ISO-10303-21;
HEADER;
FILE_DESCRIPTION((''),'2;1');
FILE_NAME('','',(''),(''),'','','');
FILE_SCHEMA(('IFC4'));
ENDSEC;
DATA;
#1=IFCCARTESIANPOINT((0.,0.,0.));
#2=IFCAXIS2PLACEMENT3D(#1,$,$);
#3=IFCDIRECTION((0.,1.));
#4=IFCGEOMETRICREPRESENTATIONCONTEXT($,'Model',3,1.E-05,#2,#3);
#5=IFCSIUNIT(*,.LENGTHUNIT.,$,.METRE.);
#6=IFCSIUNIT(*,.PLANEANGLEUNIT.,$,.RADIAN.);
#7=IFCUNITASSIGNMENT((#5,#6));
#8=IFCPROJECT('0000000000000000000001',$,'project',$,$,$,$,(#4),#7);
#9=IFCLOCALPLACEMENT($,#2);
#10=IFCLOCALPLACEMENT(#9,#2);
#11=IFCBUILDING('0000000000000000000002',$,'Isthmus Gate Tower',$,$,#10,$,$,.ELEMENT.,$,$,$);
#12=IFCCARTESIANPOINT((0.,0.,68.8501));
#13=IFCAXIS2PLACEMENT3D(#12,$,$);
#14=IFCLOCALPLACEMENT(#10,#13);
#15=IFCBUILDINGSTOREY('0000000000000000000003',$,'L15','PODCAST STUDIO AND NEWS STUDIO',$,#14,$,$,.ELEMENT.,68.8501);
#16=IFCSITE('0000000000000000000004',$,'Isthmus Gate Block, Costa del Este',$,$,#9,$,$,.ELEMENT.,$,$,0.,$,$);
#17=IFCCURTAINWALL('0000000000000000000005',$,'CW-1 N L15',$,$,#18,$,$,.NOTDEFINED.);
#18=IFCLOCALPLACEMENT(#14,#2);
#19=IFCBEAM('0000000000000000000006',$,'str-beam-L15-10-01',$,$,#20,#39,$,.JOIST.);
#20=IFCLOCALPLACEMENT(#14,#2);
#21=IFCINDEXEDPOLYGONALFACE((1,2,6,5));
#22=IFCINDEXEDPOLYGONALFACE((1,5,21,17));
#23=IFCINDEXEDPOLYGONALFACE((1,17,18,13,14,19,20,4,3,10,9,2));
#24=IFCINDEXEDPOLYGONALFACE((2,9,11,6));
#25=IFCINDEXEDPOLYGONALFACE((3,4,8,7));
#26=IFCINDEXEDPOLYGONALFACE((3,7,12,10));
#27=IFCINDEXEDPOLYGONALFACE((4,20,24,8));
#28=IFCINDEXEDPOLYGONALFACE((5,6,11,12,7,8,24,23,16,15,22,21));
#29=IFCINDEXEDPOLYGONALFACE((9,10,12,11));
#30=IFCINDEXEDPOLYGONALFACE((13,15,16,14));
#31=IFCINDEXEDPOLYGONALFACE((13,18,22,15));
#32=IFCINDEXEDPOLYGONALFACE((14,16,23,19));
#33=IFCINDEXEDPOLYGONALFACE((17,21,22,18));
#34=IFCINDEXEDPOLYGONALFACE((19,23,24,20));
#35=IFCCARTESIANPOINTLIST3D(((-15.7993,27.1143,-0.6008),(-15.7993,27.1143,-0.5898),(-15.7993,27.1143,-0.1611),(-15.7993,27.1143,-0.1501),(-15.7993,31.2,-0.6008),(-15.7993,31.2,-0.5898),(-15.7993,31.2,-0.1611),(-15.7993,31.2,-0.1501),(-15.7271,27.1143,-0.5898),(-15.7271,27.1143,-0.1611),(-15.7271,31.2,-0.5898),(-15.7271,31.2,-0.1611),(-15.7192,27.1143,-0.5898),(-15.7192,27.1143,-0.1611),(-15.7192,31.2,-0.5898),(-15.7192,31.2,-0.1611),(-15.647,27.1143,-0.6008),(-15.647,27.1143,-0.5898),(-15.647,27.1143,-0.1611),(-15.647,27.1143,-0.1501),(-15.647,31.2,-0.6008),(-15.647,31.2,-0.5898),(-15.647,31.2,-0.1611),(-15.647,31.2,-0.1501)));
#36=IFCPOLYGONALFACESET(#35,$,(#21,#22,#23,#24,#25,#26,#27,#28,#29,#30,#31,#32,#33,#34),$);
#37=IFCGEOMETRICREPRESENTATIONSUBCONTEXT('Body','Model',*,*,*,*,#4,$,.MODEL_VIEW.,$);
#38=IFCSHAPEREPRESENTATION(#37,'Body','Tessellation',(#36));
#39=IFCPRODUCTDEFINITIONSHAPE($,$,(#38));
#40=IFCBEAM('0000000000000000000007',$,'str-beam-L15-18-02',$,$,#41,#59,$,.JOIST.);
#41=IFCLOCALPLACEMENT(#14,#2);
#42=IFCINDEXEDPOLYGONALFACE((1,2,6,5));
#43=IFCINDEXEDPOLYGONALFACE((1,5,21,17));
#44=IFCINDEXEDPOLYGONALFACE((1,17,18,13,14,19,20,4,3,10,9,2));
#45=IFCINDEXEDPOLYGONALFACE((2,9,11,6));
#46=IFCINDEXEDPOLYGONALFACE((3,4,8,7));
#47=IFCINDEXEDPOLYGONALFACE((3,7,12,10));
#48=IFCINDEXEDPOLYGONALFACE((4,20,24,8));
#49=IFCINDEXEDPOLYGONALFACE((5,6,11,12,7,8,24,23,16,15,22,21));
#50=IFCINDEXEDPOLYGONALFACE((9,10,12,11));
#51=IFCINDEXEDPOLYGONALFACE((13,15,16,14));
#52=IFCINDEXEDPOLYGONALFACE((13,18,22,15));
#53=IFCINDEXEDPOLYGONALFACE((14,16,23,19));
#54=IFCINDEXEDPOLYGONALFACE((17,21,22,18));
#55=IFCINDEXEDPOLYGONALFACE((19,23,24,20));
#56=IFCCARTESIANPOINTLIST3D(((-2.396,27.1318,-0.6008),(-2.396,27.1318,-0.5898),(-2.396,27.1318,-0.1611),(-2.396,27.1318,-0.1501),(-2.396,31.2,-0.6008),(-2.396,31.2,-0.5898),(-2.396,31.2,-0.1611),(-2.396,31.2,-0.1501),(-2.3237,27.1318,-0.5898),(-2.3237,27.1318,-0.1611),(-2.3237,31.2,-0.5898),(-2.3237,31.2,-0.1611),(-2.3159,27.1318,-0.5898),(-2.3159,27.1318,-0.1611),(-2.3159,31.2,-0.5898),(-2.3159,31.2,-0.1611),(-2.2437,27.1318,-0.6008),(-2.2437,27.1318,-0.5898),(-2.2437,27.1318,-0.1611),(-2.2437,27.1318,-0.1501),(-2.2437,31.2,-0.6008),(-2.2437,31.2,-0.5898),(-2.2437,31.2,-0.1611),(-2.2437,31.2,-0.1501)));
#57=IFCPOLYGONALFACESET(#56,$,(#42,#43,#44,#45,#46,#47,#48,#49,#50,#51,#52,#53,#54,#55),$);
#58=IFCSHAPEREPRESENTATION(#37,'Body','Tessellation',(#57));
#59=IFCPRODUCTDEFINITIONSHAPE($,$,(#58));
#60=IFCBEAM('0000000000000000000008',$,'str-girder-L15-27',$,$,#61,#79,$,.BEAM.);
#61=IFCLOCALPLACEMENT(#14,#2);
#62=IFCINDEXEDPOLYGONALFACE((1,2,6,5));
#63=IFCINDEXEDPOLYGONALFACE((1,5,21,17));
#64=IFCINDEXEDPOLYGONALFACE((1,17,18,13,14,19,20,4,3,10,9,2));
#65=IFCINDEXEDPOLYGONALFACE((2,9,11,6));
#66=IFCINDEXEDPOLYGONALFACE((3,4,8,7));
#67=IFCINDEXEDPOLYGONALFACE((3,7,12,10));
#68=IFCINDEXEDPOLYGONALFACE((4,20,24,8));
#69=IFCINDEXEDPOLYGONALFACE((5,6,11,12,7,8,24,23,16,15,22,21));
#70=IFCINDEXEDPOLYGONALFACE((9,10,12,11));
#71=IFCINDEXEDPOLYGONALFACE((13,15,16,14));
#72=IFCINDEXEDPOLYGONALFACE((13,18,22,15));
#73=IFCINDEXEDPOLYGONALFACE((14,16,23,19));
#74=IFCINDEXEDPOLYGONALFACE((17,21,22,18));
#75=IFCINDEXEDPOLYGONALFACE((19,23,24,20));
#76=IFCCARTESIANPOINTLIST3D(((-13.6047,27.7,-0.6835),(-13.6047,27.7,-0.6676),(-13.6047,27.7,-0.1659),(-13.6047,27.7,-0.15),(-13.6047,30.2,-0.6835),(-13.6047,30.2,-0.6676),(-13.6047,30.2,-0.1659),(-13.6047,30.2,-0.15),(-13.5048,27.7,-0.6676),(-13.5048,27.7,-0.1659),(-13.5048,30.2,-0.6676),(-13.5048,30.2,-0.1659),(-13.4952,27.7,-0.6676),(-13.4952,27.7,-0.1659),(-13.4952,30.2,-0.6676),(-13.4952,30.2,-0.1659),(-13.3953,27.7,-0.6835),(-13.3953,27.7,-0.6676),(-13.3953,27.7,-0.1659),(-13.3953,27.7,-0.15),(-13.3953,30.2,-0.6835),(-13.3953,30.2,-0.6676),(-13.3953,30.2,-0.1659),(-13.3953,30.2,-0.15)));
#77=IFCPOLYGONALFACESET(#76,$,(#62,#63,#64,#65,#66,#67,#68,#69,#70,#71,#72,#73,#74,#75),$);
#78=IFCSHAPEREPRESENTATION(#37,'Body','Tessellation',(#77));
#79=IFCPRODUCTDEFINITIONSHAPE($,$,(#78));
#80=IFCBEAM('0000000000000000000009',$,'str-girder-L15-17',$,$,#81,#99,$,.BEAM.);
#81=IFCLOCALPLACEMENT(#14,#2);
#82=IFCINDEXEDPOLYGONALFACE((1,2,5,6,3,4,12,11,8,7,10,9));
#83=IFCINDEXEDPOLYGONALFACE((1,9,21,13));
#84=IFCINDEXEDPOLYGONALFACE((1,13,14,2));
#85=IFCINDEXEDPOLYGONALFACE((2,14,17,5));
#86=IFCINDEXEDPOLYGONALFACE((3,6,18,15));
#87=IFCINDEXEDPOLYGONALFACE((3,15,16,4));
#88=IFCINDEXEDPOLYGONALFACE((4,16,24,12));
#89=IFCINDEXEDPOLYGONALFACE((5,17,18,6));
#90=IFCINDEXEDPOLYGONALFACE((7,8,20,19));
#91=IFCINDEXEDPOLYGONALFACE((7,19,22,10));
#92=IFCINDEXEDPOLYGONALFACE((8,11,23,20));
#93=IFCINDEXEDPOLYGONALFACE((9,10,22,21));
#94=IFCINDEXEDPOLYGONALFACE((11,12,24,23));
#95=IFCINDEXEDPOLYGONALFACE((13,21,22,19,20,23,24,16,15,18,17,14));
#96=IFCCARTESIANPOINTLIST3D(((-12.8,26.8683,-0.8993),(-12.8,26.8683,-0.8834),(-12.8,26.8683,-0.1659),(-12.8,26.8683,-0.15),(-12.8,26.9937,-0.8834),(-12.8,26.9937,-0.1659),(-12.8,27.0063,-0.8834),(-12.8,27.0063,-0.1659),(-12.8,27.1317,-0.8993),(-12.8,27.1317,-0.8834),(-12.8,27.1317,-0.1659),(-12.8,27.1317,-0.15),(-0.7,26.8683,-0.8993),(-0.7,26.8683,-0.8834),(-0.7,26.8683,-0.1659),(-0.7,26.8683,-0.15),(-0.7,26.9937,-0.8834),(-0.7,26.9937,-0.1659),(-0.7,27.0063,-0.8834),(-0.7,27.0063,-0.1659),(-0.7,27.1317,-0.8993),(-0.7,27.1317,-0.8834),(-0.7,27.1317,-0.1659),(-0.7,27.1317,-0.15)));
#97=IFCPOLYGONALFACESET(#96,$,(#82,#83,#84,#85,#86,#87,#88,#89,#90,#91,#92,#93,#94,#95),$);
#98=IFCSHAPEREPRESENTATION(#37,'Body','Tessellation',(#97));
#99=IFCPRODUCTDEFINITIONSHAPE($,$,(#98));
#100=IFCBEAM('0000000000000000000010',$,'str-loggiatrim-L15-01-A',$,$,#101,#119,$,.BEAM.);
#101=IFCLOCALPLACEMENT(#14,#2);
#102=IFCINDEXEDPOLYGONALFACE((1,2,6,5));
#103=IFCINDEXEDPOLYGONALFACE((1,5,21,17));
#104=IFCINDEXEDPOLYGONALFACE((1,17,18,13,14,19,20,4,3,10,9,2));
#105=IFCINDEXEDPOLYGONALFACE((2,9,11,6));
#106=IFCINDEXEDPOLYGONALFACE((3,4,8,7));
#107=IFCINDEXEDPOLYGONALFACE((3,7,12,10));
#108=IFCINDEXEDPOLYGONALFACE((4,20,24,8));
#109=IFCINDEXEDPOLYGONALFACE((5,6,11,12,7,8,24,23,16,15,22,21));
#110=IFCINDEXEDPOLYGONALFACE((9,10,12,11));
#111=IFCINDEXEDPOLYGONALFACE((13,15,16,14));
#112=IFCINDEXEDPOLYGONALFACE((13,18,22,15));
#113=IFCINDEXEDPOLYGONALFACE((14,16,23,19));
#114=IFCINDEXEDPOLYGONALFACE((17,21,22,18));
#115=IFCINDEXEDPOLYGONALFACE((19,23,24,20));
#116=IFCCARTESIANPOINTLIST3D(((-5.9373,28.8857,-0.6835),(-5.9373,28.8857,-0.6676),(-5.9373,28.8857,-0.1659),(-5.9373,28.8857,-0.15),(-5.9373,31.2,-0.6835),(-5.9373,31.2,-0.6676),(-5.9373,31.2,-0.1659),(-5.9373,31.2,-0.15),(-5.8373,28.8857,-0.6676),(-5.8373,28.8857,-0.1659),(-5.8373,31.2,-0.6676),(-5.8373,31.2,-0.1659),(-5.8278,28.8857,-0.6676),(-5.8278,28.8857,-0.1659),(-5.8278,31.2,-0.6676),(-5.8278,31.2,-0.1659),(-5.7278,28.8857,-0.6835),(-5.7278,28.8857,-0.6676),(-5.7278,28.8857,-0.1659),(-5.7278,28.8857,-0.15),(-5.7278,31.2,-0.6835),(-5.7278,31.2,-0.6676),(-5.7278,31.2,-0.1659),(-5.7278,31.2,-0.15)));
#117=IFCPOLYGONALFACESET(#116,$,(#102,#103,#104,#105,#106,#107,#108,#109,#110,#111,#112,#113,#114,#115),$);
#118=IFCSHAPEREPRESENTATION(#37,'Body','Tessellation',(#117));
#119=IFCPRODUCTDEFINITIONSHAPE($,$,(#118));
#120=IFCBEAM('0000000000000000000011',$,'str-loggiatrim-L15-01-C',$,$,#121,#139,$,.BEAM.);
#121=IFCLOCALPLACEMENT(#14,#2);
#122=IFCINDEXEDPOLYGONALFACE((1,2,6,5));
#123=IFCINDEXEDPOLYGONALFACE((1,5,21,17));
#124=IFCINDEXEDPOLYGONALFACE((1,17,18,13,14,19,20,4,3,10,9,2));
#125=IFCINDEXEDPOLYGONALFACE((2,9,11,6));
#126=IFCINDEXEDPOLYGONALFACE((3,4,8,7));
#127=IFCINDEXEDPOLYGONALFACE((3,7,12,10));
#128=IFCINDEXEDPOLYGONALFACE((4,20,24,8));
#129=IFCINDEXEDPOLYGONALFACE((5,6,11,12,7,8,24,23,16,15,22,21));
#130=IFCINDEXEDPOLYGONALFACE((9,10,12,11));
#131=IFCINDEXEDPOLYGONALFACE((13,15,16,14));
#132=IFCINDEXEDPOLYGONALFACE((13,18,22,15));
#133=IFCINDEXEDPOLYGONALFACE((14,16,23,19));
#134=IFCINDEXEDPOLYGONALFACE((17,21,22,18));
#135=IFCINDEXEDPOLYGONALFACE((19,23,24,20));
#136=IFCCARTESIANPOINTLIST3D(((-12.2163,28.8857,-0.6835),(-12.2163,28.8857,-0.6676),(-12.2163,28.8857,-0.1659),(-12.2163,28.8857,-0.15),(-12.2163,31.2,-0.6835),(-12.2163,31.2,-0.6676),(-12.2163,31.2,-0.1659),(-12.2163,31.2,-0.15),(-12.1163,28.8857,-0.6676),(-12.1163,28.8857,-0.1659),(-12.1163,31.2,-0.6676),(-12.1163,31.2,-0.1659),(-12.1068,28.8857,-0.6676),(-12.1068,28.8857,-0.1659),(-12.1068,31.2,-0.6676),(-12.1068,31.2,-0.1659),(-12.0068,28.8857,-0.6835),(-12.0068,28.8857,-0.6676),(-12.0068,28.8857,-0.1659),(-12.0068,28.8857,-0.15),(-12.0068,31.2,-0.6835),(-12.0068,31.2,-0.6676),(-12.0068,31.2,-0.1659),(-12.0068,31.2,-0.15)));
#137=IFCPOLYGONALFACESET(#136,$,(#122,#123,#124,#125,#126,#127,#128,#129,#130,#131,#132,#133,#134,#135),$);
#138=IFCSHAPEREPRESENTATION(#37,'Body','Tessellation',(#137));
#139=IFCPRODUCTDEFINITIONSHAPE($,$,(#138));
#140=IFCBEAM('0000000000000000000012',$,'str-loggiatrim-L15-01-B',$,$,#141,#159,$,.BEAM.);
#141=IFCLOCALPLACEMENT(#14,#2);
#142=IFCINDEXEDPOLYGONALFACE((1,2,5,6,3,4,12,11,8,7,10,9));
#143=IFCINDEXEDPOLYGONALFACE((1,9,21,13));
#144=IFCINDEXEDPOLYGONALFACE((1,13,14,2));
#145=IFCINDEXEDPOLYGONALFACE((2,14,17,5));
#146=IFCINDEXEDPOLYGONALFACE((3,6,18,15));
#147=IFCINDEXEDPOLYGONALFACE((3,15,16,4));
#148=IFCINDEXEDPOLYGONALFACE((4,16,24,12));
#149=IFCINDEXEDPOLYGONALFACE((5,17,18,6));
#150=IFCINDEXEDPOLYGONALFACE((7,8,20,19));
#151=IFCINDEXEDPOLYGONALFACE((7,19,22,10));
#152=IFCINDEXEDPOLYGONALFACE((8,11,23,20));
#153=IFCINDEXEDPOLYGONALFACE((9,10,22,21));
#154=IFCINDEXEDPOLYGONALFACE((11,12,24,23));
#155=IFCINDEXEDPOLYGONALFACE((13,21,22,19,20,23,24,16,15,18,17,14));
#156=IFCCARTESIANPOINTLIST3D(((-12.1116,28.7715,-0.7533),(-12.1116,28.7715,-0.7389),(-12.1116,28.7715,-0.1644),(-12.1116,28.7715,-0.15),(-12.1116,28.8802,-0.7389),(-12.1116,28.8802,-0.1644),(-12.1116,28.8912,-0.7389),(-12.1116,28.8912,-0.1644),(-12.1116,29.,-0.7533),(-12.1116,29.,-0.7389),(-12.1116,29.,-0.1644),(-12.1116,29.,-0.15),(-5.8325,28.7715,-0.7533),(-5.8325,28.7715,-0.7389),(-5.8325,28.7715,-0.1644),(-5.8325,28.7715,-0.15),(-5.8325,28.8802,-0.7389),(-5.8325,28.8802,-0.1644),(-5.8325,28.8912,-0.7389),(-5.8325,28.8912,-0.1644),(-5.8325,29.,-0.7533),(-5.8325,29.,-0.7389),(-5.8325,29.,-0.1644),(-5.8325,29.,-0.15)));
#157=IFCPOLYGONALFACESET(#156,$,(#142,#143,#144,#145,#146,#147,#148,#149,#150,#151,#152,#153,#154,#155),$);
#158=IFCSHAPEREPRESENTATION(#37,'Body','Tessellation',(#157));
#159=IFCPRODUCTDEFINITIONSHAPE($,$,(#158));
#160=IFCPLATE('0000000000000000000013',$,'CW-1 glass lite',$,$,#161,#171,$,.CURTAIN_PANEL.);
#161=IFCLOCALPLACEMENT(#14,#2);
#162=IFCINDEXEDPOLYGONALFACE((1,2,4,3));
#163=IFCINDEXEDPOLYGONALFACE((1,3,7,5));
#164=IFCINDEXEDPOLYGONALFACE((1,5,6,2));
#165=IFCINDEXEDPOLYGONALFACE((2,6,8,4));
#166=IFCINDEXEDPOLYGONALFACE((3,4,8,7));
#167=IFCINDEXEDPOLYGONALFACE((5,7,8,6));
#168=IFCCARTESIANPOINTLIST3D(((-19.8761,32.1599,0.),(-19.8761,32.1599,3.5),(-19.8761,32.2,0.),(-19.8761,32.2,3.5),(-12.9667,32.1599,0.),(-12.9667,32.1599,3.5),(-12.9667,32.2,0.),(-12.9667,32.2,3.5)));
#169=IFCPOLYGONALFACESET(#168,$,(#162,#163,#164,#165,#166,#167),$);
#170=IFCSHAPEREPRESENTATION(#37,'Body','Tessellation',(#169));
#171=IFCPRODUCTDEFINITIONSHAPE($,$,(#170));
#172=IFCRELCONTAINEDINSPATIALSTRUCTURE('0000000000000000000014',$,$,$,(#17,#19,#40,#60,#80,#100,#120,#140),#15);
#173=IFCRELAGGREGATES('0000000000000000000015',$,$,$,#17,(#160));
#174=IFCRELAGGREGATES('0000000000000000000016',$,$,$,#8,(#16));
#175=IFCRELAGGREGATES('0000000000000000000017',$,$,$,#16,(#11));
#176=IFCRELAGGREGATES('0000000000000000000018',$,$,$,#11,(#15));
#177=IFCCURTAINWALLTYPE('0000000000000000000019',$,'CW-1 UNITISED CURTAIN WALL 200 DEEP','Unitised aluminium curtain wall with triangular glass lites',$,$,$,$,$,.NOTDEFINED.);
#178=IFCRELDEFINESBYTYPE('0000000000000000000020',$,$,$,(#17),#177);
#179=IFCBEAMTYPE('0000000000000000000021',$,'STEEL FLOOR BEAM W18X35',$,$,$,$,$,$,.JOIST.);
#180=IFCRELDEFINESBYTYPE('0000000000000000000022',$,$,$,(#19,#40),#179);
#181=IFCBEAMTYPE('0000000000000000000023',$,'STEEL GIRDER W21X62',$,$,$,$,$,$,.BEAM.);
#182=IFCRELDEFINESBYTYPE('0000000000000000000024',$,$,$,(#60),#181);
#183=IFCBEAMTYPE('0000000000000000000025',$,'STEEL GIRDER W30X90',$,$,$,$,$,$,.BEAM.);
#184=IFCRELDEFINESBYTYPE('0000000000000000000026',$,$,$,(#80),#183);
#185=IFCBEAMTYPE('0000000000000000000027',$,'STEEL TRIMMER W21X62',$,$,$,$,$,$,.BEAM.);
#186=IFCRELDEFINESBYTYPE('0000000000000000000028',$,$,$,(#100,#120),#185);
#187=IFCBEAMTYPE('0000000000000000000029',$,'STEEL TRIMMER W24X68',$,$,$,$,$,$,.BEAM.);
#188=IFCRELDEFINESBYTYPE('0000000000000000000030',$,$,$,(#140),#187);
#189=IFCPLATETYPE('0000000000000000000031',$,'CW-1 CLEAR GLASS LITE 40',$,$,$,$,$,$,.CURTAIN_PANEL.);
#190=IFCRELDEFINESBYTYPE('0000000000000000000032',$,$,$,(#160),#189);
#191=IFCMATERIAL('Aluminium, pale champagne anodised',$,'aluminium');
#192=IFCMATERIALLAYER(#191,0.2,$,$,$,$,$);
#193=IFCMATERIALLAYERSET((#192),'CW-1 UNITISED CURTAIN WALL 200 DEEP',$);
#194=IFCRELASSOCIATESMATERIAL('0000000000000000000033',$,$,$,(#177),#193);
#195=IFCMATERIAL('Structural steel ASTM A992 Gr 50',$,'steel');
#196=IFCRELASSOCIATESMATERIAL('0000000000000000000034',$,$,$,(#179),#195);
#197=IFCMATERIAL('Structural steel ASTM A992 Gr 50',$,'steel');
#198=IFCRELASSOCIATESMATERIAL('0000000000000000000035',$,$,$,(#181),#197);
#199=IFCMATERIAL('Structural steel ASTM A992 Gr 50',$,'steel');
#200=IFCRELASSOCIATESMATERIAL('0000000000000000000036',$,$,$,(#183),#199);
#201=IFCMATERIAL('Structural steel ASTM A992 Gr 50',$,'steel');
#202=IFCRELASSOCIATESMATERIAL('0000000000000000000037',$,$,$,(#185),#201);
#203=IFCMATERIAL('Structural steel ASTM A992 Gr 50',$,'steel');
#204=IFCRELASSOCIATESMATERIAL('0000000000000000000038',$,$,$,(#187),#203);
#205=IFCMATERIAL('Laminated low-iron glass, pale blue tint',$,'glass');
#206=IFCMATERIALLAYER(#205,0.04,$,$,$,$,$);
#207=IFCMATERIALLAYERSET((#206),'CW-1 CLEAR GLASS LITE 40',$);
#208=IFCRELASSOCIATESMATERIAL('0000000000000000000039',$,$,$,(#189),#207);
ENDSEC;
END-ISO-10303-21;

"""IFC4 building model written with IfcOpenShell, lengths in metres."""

from ifc_helpers import new_model, si_unit, direction, frame, origin, origin_2d, place, context, subcontext, project, spatial, rectangle, i_section, extrude, material, layer, layer_set, material_profile, profile_set, type_object, element, aggregate, save


model = new_model("IFC4")

# Units and contexts
model_context = context("Model", 3, precision=1e-05, world=origin(), true_north=direction((0.0, 1.0)))
body_context = subcontext(model_context, "Body", "Model", "MODEL_VIEW")
ifc_project = project(units=[si_unit("LENGTHUNIT", "METRE"), si_unit("PLANEANGLEUNIT", "RADIAN")], contexts=[model_context])

# Site, building, storey
site_placement = place(None, origin())
site = spatial("IfcSite", under=ifc_project, at=site_placement, Name="Isthmus Gate Block, Costa del Este", CompositionType="ELEMENT", RefElevation=0.0)
building_placement = place(site_placement, origin())
building = spatial("IfcBuilding", under=site, at=building_placement, Name="Isthmus Gate Tower", CompositionType="ELEMENT")
storey_placement = place(building_placement, frame((0.0, 0.0, 68.8501)))
storey = spatial("IfcBuildingStorey", under=building, at=storey_placement, Name="L15", Description="PODCAST STUDIO AND NEWS STUDIO", CompositionType="ELEMENT", Elevation=68.8501)

# Curtain wall
ifc_material_1 = material(Name="Aluminium, pale champagne anodised", Category="aluminium")
ifc_layer_1 = layer(ifc_material_1, 0.2)
ifc_layer_set_1 = layer_set([ifc_layer_1], Name="CW-1 UNITISED CURTAIN WALL 200 DEEP")
curtain_wall_type_1 = type_object("IfcCurtainWallType", Name="CW-1 UNITISED CURTAIN WALL 200 DEEP", Description="Unitised aluminium curtain wall with triangular glass lites", PredefinedType="NOTDEFINED", material=ifc_layer_set_1)
curtain_wall_1_placement = place(storey_placement, origin())
curtain_wall_1 = element("IfcCurtainWall", 1, at=curtain_wall_1_placement, inside=storey, type_object=curtain_wall_type_1, Name="CW-1 N L15", PredefinedType="NOTDEFINED")

# Beams
ifc_material_2 = material(Name="Structural steel ASTM A992 Gr 50", Category="steel")
ifc_material_profile_1 = material_profile(ifc_material_2, i_section(OverallWidth=0.1523, OverallDepth=0.4507, WebThickness=0.0078, FlangeThickness=0.011, at=origin_2d()), Name="W18X35")
ifc_profile_set_1 = profile_set([ifc_material_profile_1], Name="Structural steel ASTM A992 Gr 50")
beam_type_1 = type_object("IfcBeamType", Name="STEEL FLOOR BEAM W18X35", PredefinedType="JOIST", material=ifc_profile_set_1)
beam_1_placement = place(storey_placement, frame((-15.7231, 27.1143, -0.3755), z_axis=(0.0, 1.0, 0.0), x_axis=(-1.0, 0.0, 0.0)))
element("IfcBeam", 2, at=beam_1_placement, inside=storey, type_object=beam_type_1, Name="str-beam-L15-10-01", PredefinedType="JOIST", context=body_context, shape_type="SweptSolid", body=[
    extrude(i_section(OverallWidth=0.1523, OverallDepth=0.4507, WebThickness=0.0078, FlangeThickness=0.011, at=origin_2d()), origin(), (0.0, 0.0, 1.0), 4.0857),
])
beam_2_placement = place(storey_placement, frame((-2.3198, 27.1318, -0.3755), z_axis=(0.0, 1.0, 0.0), x_axis=(-1.0, 0.0, 0.0)))
element("IfcBeam", 3, at=beam_2_placement, inside=storey, type_object=beam_type_1, Name="str-beam-L15-18-02", PredefinedType="JOIST", context=body_context, shape_type="SweptSolid", body=[
    extrude(i_section(OverallWidth=0.1523, OverallDepth=0.4507, WebThickness=0.0078, FlangeThickness=0.011, at=origin_2d()), origin(), (0.0, 0.0, 1.0), 4.0681),
])
ifc_material_3 = material(Name="Structural steel ASTM A992 Gr 50", Category="steel")
ifc_material_profile_2 = material_profile(ifc_material_3, i_section(OverallWidth=0.2095, OverallDepth=0.5334, WebThickness=0.0095, FlangeThickness=0.0159, at=origin_2d()), Name="W21X62")
ifc_profile_set_2 = profile_set([ifc_material_profile_2], Name="Structural steel ASTM A992 Gr 50")
beam_type_2 = type_object("IfcBeamType", Name="STEEL GIRDER W21X62", PredefinedType="BEAM", material=ifc_profile_set_2)
beam_3_placement = place(storey_placement, frame((-13.5, 27.7, -0.4167), z_axis=(0.0, 1.0, 0.0), x_axis=(-1.0, 0.0, 0.0)))
element("IfcBeam", 4, at=beam_3_placement, inside=storey, type_object=beam_type_2, Name="str-girder-L15-27", PredefinedType="BEAM", context=body_context, shape_type="SweptSolid", body=[
    extrude(i_section(OverallWidth=0.2095, OverallDepth=0.5334, WebThickness=0.0095, FlangeThickness=0.0159, at=origin_2d()), origin(), (0.0, 0.0, 1.0), 2.5),
])
ifc_material_4 = material(Name="Structural steel ASTM A992 Gr 50", Category="steel")
ifc_material_profile_3 = material_profile(ifc_material_4, i_section(OverallWidth=0.2634, OverallDepth=0.7493, WebThickness=0.0127, FlangeThickness=0.0159, at=origin_2d()), Name="W30X90")
ifc_profile_set_3 = profile_set([ifc_material_profile_3], Name="Structural steel ASTM A992 Gr 50")
beam_type_3 = type_object("IfcBeamType", Name="STEEL GIRDER W30X90", PredefinedType="BEAM", material=ifc_profile_set_3)
beam_4_placement = place(storey_placement, frame((-12.8, 27.0, -0.5247), z_axis=(1.0, 0.0, 0.0), x_axis=(0.0, 1.0, 0.0)))
element("IfcBeam", 5, at=beam_4_placement, inside=storey, type_object=beam_type_3, Name="str-girder-L15-17", PredefinedType="BEAM", context=body_context, shape_type="SweptSolid", body=[
    extrude(i_section(OverallWidth=0.2634, OverallDepth=0.7493, WebThickness=0.0127, FlangeThickness=0.0159, at=origin_2d()), origin(), (0.0, 0.0, 1.0), 12.1001),
])
ifc_material_5 = material(Name="Structural steel ASTM A992 Gr 50", Category="steel")
ifc_material_profile_4 = material_profile(ifc_material_5, i_section(OverallWidth=0.2095, OverallDepth=0.5334, WebThickness=0.0095, FlangeThickness=0.0159, at=origin_2d()), Name="W21X62")
ifc_profile_set_4 = profile_set([ifc_material_profile_4], Name="Structural steel ASTM A992 Gr 50")
beam_type_4 = type_object("IfcBeamType", Name="STEEL TRIMMER W21X62", PredefinedType="BEAM", material=ifc_profile_set_4)
for number, where, z_axis, x_axis, name in (
    (6, (-5.8325, 31.2, -0.4167), (0.0, -1.0, 0.0), (1.0, 0.0, 0.0), "str-loggiatrim-L15-01-A"),
    (7, (-12.1116, 31.2, -0.4167), (0.0, -1.0, 0.0), (1.0, 0.0, 0.0), "str-loggiatrim-L15-01-C"),
):
    element("IfcBeam", number, at=place(storey_placement, frame(where, z_axis=z_axis, x_axis=x_axis)), inside=storey, type_object=beam_type_4, Name=name, PredefinedType="BEAM", context=body_context, shape_type="SweptSolid", body=[
        extrude(i_section(OverallWidth=0.2095, OverallDepth=0.5334, WebThickness=0.0095, FlangeThickness=0.0159, at=origin_2d()), origin(), (0.0, 0.0, 1.0), 2.3142),
    ])
ifc_material_6 = material(Name="Structural steel ASTM A992 Gr 50", Category="steel")
ifc_material_profile_5 = material_profile(ifc_material_6, i_section(OverallWidth=0.2285, OverallDepth=0.6033, WebThickness=0.011, FlangeThickness=0.0144, at=origin_2d()), Name="W24X68")
ifc_profile_set_5 = profile_set([ifc_material_profile_5], Name="Structural steel ASTM A992 Gr 50")
beam_type_5 = type_object("IfcBeamType", Name="STEEL TRIMMER W24X68", PredefinedType="BEAM", material=ifc_profile_set_5)
beam_5_placement = place(storey_placement, frame((-5.8325, 28.8857, -0.4517), z_axis=(-1.0, 0.0, 0.0), x_axis=(0.0, -1.0, 0.0)))
element("IfcBeam", 8, at=beam_5_placement, inside=storey, type_object=beam_type_5, Name="str-loggiatrim-L15-01-B", PredefinedType="BEAM", context=body_context, shape_type="SweptSolid", body=[
    extrude(i_section(OverallWidth=0.2285, OverallDepth=0.6033, WebThickness=0.011, FlangeThickness=0.0144, at=origin_2d()), origin(), (0.0, 0.0, 1.0), 6.2791),
])

# Plate
ifc_material_7 = material(Name="Laminated low-iron glass, pale blue tint", Category="glass")
ifc_layer_2 = layer(ifc_material_7, 0.04)
ifc_layer_set_2 = layer_set([ifc_layer_2], Name="CW-1 CLEAR GLASS LITE 40")
plate_type_1 = type_object("IfcPlateType", Name="CW-1 CLEAR GLASS LITE 40", PredefinedType="CURTAIN_PANEL", material=ifc_layer_set_2)
plate_1_placement = place(storey_placement, frame((-16.4214, 32.1799, 0.0), z_axis=(0.0, 0.0, 1.0), x_axis=(-1.0, 0.0, 0.0)))
plate_1 = element("IfcPlate", 9, at=plate_1_placement, type_object=plate_type_1, Name="CW-1 glass lite", PredefinedType="CURTAIN_PANEL", context=body_context, shape_type="SweptSolid", body=[
    extrude(rectangle(XDim=6.9094, YDim=0.04, at=origin_2d()), origin(), (0.0, 0.0, 1.0), 3.5),
])
aggregate(curtain_wall_1, [plate_1])

save(model, "model.ifc")
